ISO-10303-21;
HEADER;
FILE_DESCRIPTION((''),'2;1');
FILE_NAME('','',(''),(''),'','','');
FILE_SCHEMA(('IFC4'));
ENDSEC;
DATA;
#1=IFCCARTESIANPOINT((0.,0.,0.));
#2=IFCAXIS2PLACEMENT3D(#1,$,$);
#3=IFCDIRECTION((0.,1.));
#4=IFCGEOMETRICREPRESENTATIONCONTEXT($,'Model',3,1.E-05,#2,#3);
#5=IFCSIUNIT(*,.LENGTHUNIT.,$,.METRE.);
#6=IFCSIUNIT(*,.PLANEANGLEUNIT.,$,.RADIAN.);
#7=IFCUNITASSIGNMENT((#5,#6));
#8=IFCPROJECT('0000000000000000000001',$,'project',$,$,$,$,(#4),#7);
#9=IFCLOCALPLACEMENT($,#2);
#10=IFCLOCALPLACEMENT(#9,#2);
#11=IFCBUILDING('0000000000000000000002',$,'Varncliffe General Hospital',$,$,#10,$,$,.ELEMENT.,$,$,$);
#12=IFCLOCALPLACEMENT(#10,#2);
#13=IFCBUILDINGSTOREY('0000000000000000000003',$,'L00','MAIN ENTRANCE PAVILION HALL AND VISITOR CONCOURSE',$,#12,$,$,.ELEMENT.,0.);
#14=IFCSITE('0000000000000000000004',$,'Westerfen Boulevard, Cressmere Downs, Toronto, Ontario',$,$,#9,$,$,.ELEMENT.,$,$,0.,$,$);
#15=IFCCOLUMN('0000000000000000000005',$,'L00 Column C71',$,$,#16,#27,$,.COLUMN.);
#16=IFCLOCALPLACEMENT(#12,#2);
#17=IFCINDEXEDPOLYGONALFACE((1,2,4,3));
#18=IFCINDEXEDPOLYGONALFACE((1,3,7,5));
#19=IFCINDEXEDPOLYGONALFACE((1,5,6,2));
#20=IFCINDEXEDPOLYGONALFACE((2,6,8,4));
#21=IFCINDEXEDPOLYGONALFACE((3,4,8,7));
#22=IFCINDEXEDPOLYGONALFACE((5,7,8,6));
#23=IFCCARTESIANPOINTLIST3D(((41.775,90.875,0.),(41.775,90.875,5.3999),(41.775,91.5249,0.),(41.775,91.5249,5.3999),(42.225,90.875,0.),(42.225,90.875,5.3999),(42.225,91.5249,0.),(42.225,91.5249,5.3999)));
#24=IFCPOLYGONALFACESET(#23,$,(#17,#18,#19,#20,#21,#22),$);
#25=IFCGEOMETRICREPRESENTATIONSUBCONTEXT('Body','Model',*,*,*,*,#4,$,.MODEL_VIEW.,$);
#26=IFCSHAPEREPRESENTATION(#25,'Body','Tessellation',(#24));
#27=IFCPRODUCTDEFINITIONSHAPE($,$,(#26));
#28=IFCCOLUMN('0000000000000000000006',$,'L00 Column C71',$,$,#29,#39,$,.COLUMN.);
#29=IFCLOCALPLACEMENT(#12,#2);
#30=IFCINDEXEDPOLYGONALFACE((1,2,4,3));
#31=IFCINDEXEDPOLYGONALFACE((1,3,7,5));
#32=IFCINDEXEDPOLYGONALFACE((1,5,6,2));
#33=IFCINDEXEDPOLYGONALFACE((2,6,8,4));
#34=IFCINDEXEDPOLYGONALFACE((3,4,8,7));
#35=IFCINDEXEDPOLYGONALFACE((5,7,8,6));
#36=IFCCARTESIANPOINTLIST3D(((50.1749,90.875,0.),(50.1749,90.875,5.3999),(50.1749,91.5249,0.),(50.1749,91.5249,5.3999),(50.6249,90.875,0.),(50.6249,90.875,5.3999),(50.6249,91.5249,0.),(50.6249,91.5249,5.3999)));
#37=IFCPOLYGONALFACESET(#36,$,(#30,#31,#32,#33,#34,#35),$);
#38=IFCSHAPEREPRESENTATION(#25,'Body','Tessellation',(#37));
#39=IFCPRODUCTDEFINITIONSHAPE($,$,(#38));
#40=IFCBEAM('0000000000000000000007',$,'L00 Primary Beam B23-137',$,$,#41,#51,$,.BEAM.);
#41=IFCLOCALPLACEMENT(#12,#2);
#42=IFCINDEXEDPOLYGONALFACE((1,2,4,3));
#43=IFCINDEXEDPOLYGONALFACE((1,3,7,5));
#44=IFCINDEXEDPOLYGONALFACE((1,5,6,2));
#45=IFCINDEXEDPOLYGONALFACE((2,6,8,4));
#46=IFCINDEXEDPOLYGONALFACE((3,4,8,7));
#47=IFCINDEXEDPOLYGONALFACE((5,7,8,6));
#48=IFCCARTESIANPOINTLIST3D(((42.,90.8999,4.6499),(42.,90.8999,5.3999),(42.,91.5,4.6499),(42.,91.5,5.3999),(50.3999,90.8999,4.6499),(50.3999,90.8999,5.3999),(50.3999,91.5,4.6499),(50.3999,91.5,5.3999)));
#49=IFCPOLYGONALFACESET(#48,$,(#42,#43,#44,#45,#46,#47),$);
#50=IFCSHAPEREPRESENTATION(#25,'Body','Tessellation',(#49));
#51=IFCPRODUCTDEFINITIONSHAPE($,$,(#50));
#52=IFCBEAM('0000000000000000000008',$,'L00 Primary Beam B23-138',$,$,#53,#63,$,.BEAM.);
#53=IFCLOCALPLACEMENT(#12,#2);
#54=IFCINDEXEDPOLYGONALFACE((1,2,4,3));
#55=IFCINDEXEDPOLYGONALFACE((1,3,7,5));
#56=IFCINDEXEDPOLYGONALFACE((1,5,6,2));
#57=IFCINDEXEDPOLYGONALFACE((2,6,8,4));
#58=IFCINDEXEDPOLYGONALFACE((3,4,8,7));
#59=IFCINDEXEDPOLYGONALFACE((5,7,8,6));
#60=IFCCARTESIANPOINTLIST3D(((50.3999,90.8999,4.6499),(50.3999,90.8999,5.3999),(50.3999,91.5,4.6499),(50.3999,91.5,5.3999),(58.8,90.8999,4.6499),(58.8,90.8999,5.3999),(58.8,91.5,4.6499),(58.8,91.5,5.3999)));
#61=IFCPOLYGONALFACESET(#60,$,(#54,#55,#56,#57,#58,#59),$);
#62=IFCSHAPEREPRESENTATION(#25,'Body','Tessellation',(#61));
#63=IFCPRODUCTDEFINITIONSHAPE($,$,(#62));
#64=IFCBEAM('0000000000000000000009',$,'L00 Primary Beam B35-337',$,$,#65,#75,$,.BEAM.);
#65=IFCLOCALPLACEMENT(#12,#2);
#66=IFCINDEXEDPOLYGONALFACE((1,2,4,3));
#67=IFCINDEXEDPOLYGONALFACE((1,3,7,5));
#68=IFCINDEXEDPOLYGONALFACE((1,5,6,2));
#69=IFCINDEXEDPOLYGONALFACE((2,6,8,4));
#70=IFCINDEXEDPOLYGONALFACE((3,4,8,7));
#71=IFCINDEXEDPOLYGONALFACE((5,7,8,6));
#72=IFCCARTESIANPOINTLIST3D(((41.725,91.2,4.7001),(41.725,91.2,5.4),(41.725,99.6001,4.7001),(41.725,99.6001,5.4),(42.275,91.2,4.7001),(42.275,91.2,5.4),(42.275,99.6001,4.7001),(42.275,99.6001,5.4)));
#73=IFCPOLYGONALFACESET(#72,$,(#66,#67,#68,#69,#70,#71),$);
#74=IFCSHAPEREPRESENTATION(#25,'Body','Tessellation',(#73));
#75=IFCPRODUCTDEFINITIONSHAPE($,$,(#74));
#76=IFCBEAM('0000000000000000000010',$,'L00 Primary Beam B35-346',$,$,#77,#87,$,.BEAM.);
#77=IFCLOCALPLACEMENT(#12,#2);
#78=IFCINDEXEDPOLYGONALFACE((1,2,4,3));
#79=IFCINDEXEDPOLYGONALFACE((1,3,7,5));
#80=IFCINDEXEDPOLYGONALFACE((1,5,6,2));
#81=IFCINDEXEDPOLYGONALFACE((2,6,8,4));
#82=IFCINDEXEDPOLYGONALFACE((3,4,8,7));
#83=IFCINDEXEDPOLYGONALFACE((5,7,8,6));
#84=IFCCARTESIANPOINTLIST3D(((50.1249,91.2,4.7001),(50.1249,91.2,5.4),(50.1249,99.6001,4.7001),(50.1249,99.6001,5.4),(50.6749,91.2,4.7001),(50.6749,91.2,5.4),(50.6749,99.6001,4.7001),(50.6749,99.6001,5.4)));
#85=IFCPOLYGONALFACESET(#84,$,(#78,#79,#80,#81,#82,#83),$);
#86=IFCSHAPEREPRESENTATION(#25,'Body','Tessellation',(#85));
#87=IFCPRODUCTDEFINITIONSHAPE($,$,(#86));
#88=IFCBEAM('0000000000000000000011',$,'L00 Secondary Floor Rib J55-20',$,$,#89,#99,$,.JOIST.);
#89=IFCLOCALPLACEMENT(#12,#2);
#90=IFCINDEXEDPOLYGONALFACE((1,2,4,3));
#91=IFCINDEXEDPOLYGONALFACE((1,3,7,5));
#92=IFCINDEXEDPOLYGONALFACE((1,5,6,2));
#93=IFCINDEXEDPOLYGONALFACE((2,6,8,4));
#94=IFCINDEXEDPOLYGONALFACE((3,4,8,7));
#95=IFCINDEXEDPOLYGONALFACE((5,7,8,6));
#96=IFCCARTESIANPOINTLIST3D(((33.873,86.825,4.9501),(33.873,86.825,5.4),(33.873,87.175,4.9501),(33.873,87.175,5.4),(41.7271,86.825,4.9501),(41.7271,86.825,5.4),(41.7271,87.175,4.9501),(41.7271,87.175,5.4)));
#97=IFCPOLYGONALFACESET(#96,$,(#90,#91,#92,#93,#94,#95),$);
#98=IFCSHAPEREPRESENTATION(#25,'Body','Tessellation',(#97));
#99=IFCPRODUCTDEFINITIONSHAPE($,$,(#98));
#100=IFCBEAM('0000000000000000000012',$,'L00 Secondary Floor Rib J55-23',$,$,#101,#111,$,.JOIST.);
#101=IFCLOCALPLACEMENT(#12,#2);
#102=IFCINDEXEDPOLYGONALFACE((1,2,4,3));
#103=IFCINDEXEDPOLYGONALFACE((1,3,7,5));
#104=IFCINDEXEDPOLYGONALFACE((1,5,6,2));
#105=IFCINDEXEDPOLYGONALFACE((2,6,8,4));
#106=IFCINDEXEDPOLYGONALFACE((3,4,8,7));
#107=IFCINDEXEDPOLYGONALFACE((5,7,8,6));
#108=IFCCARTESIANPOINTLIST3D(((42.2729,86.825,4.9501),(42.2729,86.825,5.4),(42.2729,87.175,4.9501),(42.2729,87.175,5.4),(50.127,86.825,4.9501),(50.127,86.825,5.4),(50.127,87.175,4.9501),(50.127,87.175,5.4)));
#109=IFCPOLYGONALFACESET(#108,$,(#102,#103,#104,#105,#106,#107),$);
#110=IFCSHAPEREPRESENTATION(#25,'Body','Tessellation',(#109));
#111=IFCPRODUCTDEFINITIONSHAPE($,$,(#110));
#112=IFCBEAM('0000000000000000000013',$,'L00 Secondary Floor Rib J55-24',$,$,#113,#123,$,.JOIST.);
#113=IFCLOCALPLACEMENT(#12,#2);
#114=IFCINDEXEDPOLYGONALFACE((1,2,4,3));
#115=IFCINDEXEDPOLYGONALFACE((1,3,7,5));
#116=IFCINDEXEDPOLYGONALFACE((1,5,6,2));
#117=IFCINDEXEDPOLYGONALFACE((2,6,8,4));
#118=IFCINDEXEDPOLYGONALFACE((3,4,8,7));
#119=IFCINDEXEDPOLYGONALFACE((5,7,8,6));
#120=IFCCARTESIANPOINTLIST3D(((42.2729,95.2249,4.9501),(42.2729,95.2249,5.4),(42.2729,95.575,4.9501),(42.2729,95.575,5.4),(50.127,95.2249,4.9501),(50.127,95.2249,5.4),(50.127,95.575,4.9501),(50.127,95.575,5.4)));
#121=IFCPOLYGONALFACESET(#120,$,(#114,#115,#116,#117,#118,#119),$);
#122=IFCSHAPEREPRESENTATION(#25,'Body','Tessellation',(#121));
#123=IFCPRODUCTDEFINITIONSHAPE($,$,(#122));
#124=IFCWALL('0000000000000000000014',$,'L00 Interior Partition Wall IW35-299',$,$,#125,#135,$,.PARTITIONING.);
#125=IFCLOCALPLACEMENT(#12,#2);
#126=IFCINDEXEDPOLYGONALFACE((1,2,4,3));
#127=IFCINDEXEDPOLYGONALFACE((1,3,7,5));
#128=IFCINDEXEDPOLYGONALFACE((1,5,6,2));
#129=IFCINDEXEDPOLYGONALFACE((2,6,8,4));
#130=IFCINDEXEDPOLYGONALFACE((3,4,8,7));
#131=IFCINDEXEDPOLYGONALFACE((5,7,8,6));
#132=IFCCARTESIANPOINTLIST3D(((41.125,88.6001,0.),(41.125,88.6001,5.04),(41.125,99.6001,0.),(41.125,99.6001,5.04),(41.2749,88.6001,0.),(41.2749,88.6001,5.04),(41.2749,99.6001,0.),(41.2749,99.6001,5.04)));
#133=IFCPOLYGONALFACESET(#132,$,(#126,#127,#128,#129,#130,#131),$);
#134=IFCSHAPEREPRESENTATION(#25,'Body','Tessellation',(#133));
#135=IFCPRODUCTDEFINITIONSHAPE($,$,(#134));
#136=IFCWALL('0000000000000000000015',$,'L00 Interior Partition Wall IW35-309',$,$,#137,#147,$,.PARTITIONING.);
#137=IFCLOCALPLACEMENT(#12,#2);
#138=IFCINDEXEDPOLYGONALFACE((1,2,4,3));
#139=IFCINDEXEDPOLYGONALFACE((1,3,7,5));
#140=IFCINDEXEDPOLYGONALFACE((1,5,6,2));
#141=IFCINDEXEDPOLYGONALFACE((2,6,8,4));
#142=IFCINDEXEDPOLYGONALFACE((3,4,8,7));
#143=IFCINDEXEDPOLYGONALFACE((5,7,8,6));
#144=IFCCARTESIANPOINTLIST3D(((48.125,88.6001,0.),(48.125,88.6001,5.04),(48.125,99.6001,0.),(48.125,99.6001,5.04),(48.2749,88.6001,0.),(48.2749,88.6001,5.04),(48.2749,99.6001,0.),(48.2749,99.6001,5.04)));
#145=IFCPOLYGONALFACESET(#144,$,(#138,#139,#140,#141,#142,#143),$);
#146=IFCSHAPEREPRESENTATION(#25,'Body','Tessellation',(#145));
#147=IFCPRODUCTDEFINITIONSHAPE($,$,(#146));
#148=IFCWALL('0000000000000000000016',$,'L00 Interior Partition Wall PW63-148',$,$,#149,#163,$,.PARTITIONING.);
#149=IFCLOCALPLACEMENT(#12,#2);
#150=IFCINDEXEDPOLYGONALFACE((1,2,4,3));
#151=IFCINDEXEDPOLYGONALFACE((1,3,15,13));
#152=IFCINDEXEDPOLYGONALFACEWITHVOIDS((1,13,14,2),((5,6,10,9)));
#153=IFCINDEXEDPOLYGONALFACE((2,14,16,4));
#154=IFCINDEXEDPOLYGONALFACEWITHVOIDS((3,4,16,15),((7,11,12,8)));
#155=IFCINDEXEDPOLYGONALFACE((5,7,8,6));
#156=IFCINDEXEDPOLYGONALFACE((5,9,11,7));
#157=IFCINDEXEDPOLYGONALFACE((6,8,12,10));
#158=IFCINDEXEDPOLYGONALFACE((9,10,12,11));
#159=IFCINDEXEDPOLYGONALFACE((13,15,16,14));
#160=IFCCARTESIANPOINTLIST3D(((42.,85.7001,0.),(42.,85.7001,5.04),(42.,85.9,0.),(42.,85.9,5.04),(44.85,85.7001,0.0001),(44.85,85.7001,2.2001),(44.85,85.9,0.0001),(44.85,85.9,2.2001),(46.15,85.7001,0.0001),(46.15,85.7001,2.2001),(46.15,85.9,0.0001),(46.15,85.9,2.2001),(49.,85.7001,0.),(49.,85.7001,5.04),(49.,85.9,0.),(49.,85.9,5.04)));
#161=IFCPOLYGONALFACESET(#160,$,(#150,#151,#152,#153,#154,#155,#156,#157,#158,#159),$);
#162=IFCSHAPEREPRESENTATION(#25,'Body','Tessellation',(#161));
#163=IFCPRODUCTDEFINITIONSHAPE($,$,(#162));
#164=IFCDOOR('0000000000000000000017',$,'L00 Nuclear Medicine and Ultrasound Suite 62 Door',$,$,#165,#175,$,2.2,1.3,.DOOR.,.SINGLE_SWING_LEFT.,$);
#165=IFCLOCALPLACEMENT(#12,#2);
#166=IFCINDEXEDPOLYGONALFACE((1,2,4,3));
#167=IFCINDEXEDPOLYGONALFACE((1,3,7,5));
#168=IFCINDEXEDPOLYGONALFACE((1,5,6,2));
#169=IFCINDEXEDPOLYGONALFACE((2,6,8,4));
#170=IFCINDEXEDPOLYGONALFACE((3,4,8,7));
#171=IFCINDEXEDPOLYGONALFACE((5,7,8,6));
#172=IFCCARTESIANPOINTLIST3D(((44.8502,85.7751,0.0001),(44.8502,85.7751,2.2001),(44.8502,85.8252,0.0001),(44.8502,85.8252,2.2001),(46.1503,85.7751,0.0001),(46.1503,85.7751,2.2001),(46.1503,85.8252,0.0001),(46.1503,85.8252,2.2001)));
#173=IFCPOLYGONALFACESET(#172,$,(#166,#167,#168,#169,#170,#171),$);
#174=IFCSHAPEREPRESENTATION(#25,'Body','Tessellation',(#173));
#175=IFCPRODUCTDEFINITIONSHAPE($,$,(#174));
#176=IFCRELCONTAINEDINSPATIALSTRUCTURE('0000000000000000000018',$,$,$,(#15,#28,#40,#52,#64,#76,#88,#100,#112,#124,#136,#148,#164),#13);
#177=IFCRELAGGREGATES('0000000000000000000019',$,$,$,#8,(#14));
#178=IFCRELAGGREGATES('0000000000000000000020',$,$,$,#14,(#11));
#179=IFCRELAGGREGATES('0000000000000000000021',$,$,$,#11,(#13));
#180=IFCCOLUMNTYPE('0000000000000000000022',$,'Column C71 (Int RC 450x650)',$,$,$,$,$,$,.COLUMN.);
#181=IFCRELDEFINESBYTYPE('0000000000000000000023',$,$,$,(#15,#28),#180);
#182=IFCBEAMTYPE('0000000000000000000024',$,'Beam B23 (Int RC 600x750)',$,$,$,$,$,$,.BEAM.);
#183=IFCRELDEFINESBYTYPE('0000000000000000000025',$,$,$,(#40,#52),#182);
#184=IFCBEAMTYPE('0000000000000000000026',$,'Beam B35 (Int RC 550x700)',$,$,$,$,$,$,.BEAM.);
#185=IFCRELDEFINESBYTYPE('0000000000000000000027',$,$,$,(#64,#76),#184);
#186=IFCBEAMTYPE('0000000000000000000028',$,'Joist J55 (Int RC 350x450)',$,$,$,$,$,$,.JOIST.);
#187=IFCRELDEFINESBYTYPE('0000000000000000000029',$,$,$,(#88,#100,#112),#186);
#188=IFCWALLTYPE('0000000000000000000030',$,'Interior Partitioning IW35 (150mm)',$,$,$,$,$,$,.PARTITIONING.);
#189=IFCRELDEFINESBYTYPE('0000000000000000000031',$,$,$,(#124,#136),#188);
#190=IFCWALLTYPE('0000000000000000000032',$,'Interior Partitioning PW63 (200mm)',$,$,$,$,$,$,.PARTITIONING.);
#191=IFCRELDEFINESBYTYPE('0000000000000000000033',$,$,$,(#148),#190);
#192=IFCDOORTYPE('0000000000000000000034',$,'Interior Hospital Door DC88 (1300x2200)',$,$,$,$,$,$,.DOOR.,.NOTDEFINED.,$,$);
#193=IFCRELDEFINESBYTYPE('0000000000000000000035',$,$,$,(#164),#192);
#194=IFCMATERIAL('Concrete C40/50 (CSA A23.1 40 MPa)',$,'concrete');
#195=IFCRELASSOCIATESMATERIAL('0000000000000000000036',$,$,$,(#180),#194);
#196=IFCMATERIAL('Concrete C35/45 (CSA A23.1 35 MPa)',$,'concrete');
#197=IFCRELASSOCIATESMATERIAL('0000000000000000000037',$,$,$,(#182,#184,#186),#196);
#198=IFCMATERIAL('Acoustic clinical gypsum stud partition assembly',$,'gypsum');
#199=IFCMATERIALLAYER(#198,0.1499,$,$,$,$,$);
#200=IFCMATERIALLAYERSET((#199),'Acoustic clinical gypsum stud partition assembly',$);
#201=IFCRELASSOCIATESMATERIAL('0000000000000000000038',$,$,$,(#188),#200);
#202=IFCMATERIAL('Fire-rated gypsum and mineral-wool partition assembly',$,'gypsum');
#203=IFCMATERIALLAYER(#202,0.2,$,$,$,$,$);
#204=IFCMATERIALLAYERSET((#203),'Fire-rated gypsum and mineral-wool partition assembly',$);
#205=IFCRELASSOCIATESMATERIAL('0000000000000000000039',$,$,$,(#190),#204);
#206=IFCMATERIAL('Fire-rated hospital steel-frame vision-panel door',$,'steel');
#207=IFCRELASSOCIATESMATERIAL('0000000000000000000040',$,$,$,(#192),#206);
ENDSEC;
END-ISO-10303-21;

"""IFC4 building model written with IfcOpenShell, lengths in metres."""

from ifc_helpers import new_model, si_unit, direction, frame, frame_2d, origin, origin_2d, place, context, subcontext, project, spatial, rectangle, extrude, material, layer, layer_set, material_profile, profile_set, type_object, element, fill, save


model = new_model("IFC4")

# Units and contexts
model_context = context("Model", 3, precision=1e-05, world=origin(), true_north=direction((0.0, 1.0)))
body_context = subcontext(model_context, "Body", "Model", "MODEL_VIEW")
ifc_project = project(units=[si_unit("LENGTHUNIT", "METRE"), si_unit("PLANEANGLEUNIT", "RADIAN")], contexts=[model_context])

# Site, building, storey
site_placement = place(None, origin())
site = spatial("IfcSite", under=ifc_project, at=site_placement, Name="Westerfen Boulevard, Cressmere Downs, Toronto, Ontario", CompositionType="ELEMENT", RefElevation=0.0)
building_placement = place(site_placement, origin())
building = spatial("IfcBuilding", under=site, at=building_placement, Name="Varncliffe General Hospital", CompositionType="ELEMENT")
storey_placement = place(building_placement, origin())
storey = spatial("IfcBuildingStorey", under=building, at=storey_placement, Name="L00", Description="MAIN ENTRANCE PAVILION HALL AND VISITOR CONCOURSE", CompositionType="ELEMENT", Elevation=0.0)

# Columns
ifc_material_1 = material(Name="Concrete C40/50 (CSA A23.1 40 MPa)", Category="concrete")
ifc_material_profile_1 = material_profile(ifc_material_1, rectangle(XDim=0.45, YDim=0.6499, at=origin_2d()), Name="RC 450x650")
ifc_profile_set_1 = profile_set([ifc_material_profile_1], Name="Concrete C40/50 (CSA A23.1 40 MPa)")
column_type = type_object("IfcColumnType", Name="Column C71 (Int RC 450x650)", PredefinedType="COLUMN", material=ifc_profile_set_1)
for number, where, z_axis, x_axis, name in (
    (1, (42.0, 91.2, 0.0), (0.0, 0.0, 1.0), (1.0, 0.0, 0.0), "L00 Column C71"),
    (2, (50.3999, 91.2, 0.0), (0.0, 0.0, 1.0), (1.0, 0.0, 0.0), "L00 Column C71"),
):
    element("IfcColumn", number, at=place(storey_placement, frame(where, z_axis=z_axis, x_axis=x_axis)), inside=storey, type_object=column_type, Name=name, PredefinedType="COLUMN", context=body_context, shape_type="SweptSolid", body=[
        extrude(rectangle(XDim=0.45, YDim=0.6499, at=origin_2d()), origin(), (0.0, 0.0, 1.0), 5.3999),
    ])

# Beams
ifc_material_2 = material(Name="Concrete C35/45 (CSA A23.1 35 MPa)", Category="concrete")
ifc_material_profile_2 = material_profile(ifc_material_2, rectangle(XDim=0.6001, YDim=0.75, at=origin_2d()), Name="RC 600x750")
ifc_profile_set_2 = profile_set([ifc_material_profile_2], Name="Concrete C35/45 (CSA A23.1 35 MPa)")
beam_type_1 = type_object("IfcBeamType", Name="Beam B23 (Int RC 600x750)", PredefinedType="BEAM", material=ifc_profile_set_2)
beam_1_placement = place(storey_placement, frame((42.0, 91.2, 5.0249), z_axis=(1.0, 0.0, 0.0), x_axis=(0.0, 1.0, 0.0)))
element("IfcBeam", 3, at=beam_1_placement, inside=storey, type_object=beam_type_1, Name="L00 Primary Beam B23-137", PredefinedType="BEAM", context=body_context, shape_type="SweptSolid", body=[
    extrude(rectangle(XDim=0.6001, YDim=0.75, at=origin_2d()), origin(), (0.0, 0.0, 1.0), 8.3999),
])
beam_2_placement = place(storey_placement, frame((50.3999, 91.2, 5.0249), z_axis=(1.0, 0.0, 0.0), x_axis=(0.0, 1.0, 0.0)))
element("IfcBeam", 4, at=beam_2_placement, inside=storey, type_object=beam_type_1, Name="L00 Primary Beam B23-138", PredefinedType="BEAM", context=body_context, shape_type="SweptSolid", body=[
    extrude(rectangle(XDim=0.6001, YDim=0.75, at=origin_2d()), origin(), (0.0, 0.0, 1.0), 8.4001),
])
ifc_material_profile_3 = material_profile(ifc_material_2, rectangle(XDim=0.55, YDim=0.7, at=origin_2d()), Name="RC 550x700")
ifc_profile_set_3 = profile_set([ifc_material_profile_3], Name="Concrete C35/45 (CSA A23.1 35 MPa)")
beam_type_2 = type_object("IfcBeamType", Name="Beam B35 (Int RC 550x700)", PredefinedType="BEAM", material=ifc_profile_set_3)
for number, where, z_axis, x_axis, name in (
    (5, (42.0, 91.2, 5.05), (0.0, 1.0, 0.0), (-1.0, 0.0, 0.0), "L00 Primary Beam B35-337"),
    (6, (50.3999, 91.2, 5.05), (0.0, 1.0, 0.0), (-1.0, 0.0, 0.0), "L00 Primary Beam B35-346"),
):
    element("IfcBeam", number, at=place(storey_placement, frame(where, z_axis=z_axis, x_axis=x_axis)), inside=storey, type_object=beam_type_2, Name=name, PredefinedType="BEAM", context=body_context, shape_type="SweptSolid", body=[
        extrude(rectangle(XDim=0.55, YDim=0.7, at=origin_2d()), origin(), (0.0, 0.0, 1.0), 8.4001),
    ])
ifc_material_profile_4 = material_profile(ifc_material_2, rectangle(XDim=0.3501, YDim=0.45, at=origin_2d()), Name="RC 350x450")
ifc_profile_set_4 = profile_set([ifc_material_profile_4], Name="Concrete C35/45 (CSA A23.1 35 MPa)")
beam_type_3 = type_object("IfcBeamType", Name="Joist J55 (Int RC 350x450)", PredefinedType="JOIST", material=ifc_profile_set_4)
for number, where, z_axis, x_axis, name in (
    (7, (33.873, 87.0, 5.175), (1.0, 0.0, 0.0), (0.0, 1.0, 0.0), "L00 Secondary Floor Rib J55-20"),
    (8, (42.2729, 87.0, 5.175), (1.0, 0.0, 0.0), (0.0, 1.0, 0.0), "L00 Secondary Floor Rib J55-23"),
    (9, (42.2729, 95.3999, 5.175), (1.0, 0.0, 0.0), (0.0, 1.0, 0.0), "L00 Secondary Floor Rib J55-24"),
):
    element("IfcBeam", number, at=place(storey_placement, frame(where, z_axis=z_axis, x_axis=x_axis)), inside=storey, type_object=beam_type_3, Name=name, PredefinedType="JOIST", context=body_context, shape_type="SweptSolid", body=[
        extrude(rectangle(XDim=0.3501, YDim=0.45, at=origin_2d()), origin(), (0.0, 0.0, 1.0), 7.854),
    ])

# Walls
ifc_material_3 = material(Name="Acoustic clinical gypsum stud partition assembly", Category="gypsum")
ifc_layer_1 = layer(ifc_material_3, 0.1499)
ifc_layer_set_1 = layer_set([ifc_layer_1], Name="Acoustic clinical gypsum stud partition assembly")
wall_type_1 = type_object("IfcWallType", Name="Interior Partitioning IW35 (150mm)", PredefinedType="PARTITIONING", material=ifc_layer_set_1)
for number, where, z_axis, x_axis, name in (
    (10, (41.2, 88.6001, 0.0), (0.0, 0.0, 1.0), (0.0, 1.0, 0.0), "L00 Interior Partition Wall IW35-299"),
    (11, (48.2, 88.6001, 0.0), (0.0, 0.0, 1.0), (0.0, 1.0, 0.0), "L00 Interior Partition Wall IW35-309"),
):
    element("IfcWall", number, at=place(storey_placement, frame(where, z_axis=z_axis, x_axis=x_axis)), inside=storey, type_object=wall_type_1, Name=name, PredefinedType="PARTITIONING", context=body_context, shape_type="SweptSolid", body=[
        extrude(rectangle(XDim=11.0, YDim=0.1499, at=frame_2d((5.5, 0.0))), origin(), (0.0, 0.0, 1.0), 5.04),
    ])

# Wall, opening, door
ifc_material_4 = material(Name="Fire-rated gypsum and mineral-wool partition assembly", Category="gypsum")
ifc_layer_2 = layer(ifc_material_4, 0.2)
ifc_layer_set_2 = layer_set([ifc_layer_2], Name="Fire-rated gypsum and mineral-wool partition assembly")
wall_type_2 = type_object("IfcWallType", Name="Interior Partitioning PW63 (200mm)", PredefinedType="PARTITIONING", material=ifc_layer_set_2)
wall_1_placement = place(storey_placement, frame((42.0, 85.8, 0.0), z_axis=(0.0, 0.0, 1.0), x_axis=(1.0, 0.0, 0.0)))
wall_1 = element("IfcWall", 12, at=wall_1_placement, inside=storey, type_object=wall_type_2, Name="L00 Interior Partition Wall PW63-148", PredefinedType="PARTITIONING", context=body_context, shape_type="SweptSolid", body=[
    extrude(rectangle(XDim=7.0, YDim=0.2, at=frame_2d((3.5, 0.0))), origin(), (0.0, 0.0, 1.0), 5.04),
])
opening_1_placement = place(wall_1_placement, frame((2.8501, 0.0, 0.0)))
opening_1 = element("IfcOpeningElement", 13, at=opening_1_placement, cuts=wall_1, PredefinedType="OPENING", context=body_context, shape_type="SweptSolid", body=[
    extrude(rectangle(XDim=1.3, YDim=2.2, at=frame_2d((0.6499, 1.1001))), frame((0.0, 0.1099, 0.0), z_axis=(0.0, -1.0, 0.0), x_axis=(1.0, 0.0, 0.0)), (0.0, 0.0, 1.0), 0.22),
])
ifc_material_5 = material(Name="Fire-rated hospital steel-frame vision-panel door", Category="steel")
door_type_1 = type_object("IfcDoorType", Name="Interior Hospital Door DC88 (1300x2200)", OperationType="NOTDEFINED", PredefinedType="DOOR", material=ifc_material_5)
door_1_placement = place(opening_1_placement, frame((1.3, 0.0, 0.0), z_axis=(0.0, 0.0, 1.0), x_axis=(-1.0, 0.0, 0.0)))
door_1 = element("IfcDoor", 14, at=door_1_placement, inside=storey, type_object=door_type_1, Name="L00 Nuclear Medicine and Ultrasound Suite 62 Door", OperationType="SINGLE_SWING_LEFT", OverallHeight=2.2, OverallWidth=1.3, PredefinedType="DOOR", context=body_context, shape_type="SweptSolid", body=[
    extrude(rectangle(XDim=1.3, YDim=2.2, at=frame_2d((0.6499, 1.1001))), frame((0.0, 0.0249, 0.0), z_axis=(0.0, -1.0, 0.0), x_axis=(1.0, 0.0, 0.0)), (0.0, 0.0, 1.0), 0.05),
])
fill(opening_1, door_1)

save(model, "model.ifc")
